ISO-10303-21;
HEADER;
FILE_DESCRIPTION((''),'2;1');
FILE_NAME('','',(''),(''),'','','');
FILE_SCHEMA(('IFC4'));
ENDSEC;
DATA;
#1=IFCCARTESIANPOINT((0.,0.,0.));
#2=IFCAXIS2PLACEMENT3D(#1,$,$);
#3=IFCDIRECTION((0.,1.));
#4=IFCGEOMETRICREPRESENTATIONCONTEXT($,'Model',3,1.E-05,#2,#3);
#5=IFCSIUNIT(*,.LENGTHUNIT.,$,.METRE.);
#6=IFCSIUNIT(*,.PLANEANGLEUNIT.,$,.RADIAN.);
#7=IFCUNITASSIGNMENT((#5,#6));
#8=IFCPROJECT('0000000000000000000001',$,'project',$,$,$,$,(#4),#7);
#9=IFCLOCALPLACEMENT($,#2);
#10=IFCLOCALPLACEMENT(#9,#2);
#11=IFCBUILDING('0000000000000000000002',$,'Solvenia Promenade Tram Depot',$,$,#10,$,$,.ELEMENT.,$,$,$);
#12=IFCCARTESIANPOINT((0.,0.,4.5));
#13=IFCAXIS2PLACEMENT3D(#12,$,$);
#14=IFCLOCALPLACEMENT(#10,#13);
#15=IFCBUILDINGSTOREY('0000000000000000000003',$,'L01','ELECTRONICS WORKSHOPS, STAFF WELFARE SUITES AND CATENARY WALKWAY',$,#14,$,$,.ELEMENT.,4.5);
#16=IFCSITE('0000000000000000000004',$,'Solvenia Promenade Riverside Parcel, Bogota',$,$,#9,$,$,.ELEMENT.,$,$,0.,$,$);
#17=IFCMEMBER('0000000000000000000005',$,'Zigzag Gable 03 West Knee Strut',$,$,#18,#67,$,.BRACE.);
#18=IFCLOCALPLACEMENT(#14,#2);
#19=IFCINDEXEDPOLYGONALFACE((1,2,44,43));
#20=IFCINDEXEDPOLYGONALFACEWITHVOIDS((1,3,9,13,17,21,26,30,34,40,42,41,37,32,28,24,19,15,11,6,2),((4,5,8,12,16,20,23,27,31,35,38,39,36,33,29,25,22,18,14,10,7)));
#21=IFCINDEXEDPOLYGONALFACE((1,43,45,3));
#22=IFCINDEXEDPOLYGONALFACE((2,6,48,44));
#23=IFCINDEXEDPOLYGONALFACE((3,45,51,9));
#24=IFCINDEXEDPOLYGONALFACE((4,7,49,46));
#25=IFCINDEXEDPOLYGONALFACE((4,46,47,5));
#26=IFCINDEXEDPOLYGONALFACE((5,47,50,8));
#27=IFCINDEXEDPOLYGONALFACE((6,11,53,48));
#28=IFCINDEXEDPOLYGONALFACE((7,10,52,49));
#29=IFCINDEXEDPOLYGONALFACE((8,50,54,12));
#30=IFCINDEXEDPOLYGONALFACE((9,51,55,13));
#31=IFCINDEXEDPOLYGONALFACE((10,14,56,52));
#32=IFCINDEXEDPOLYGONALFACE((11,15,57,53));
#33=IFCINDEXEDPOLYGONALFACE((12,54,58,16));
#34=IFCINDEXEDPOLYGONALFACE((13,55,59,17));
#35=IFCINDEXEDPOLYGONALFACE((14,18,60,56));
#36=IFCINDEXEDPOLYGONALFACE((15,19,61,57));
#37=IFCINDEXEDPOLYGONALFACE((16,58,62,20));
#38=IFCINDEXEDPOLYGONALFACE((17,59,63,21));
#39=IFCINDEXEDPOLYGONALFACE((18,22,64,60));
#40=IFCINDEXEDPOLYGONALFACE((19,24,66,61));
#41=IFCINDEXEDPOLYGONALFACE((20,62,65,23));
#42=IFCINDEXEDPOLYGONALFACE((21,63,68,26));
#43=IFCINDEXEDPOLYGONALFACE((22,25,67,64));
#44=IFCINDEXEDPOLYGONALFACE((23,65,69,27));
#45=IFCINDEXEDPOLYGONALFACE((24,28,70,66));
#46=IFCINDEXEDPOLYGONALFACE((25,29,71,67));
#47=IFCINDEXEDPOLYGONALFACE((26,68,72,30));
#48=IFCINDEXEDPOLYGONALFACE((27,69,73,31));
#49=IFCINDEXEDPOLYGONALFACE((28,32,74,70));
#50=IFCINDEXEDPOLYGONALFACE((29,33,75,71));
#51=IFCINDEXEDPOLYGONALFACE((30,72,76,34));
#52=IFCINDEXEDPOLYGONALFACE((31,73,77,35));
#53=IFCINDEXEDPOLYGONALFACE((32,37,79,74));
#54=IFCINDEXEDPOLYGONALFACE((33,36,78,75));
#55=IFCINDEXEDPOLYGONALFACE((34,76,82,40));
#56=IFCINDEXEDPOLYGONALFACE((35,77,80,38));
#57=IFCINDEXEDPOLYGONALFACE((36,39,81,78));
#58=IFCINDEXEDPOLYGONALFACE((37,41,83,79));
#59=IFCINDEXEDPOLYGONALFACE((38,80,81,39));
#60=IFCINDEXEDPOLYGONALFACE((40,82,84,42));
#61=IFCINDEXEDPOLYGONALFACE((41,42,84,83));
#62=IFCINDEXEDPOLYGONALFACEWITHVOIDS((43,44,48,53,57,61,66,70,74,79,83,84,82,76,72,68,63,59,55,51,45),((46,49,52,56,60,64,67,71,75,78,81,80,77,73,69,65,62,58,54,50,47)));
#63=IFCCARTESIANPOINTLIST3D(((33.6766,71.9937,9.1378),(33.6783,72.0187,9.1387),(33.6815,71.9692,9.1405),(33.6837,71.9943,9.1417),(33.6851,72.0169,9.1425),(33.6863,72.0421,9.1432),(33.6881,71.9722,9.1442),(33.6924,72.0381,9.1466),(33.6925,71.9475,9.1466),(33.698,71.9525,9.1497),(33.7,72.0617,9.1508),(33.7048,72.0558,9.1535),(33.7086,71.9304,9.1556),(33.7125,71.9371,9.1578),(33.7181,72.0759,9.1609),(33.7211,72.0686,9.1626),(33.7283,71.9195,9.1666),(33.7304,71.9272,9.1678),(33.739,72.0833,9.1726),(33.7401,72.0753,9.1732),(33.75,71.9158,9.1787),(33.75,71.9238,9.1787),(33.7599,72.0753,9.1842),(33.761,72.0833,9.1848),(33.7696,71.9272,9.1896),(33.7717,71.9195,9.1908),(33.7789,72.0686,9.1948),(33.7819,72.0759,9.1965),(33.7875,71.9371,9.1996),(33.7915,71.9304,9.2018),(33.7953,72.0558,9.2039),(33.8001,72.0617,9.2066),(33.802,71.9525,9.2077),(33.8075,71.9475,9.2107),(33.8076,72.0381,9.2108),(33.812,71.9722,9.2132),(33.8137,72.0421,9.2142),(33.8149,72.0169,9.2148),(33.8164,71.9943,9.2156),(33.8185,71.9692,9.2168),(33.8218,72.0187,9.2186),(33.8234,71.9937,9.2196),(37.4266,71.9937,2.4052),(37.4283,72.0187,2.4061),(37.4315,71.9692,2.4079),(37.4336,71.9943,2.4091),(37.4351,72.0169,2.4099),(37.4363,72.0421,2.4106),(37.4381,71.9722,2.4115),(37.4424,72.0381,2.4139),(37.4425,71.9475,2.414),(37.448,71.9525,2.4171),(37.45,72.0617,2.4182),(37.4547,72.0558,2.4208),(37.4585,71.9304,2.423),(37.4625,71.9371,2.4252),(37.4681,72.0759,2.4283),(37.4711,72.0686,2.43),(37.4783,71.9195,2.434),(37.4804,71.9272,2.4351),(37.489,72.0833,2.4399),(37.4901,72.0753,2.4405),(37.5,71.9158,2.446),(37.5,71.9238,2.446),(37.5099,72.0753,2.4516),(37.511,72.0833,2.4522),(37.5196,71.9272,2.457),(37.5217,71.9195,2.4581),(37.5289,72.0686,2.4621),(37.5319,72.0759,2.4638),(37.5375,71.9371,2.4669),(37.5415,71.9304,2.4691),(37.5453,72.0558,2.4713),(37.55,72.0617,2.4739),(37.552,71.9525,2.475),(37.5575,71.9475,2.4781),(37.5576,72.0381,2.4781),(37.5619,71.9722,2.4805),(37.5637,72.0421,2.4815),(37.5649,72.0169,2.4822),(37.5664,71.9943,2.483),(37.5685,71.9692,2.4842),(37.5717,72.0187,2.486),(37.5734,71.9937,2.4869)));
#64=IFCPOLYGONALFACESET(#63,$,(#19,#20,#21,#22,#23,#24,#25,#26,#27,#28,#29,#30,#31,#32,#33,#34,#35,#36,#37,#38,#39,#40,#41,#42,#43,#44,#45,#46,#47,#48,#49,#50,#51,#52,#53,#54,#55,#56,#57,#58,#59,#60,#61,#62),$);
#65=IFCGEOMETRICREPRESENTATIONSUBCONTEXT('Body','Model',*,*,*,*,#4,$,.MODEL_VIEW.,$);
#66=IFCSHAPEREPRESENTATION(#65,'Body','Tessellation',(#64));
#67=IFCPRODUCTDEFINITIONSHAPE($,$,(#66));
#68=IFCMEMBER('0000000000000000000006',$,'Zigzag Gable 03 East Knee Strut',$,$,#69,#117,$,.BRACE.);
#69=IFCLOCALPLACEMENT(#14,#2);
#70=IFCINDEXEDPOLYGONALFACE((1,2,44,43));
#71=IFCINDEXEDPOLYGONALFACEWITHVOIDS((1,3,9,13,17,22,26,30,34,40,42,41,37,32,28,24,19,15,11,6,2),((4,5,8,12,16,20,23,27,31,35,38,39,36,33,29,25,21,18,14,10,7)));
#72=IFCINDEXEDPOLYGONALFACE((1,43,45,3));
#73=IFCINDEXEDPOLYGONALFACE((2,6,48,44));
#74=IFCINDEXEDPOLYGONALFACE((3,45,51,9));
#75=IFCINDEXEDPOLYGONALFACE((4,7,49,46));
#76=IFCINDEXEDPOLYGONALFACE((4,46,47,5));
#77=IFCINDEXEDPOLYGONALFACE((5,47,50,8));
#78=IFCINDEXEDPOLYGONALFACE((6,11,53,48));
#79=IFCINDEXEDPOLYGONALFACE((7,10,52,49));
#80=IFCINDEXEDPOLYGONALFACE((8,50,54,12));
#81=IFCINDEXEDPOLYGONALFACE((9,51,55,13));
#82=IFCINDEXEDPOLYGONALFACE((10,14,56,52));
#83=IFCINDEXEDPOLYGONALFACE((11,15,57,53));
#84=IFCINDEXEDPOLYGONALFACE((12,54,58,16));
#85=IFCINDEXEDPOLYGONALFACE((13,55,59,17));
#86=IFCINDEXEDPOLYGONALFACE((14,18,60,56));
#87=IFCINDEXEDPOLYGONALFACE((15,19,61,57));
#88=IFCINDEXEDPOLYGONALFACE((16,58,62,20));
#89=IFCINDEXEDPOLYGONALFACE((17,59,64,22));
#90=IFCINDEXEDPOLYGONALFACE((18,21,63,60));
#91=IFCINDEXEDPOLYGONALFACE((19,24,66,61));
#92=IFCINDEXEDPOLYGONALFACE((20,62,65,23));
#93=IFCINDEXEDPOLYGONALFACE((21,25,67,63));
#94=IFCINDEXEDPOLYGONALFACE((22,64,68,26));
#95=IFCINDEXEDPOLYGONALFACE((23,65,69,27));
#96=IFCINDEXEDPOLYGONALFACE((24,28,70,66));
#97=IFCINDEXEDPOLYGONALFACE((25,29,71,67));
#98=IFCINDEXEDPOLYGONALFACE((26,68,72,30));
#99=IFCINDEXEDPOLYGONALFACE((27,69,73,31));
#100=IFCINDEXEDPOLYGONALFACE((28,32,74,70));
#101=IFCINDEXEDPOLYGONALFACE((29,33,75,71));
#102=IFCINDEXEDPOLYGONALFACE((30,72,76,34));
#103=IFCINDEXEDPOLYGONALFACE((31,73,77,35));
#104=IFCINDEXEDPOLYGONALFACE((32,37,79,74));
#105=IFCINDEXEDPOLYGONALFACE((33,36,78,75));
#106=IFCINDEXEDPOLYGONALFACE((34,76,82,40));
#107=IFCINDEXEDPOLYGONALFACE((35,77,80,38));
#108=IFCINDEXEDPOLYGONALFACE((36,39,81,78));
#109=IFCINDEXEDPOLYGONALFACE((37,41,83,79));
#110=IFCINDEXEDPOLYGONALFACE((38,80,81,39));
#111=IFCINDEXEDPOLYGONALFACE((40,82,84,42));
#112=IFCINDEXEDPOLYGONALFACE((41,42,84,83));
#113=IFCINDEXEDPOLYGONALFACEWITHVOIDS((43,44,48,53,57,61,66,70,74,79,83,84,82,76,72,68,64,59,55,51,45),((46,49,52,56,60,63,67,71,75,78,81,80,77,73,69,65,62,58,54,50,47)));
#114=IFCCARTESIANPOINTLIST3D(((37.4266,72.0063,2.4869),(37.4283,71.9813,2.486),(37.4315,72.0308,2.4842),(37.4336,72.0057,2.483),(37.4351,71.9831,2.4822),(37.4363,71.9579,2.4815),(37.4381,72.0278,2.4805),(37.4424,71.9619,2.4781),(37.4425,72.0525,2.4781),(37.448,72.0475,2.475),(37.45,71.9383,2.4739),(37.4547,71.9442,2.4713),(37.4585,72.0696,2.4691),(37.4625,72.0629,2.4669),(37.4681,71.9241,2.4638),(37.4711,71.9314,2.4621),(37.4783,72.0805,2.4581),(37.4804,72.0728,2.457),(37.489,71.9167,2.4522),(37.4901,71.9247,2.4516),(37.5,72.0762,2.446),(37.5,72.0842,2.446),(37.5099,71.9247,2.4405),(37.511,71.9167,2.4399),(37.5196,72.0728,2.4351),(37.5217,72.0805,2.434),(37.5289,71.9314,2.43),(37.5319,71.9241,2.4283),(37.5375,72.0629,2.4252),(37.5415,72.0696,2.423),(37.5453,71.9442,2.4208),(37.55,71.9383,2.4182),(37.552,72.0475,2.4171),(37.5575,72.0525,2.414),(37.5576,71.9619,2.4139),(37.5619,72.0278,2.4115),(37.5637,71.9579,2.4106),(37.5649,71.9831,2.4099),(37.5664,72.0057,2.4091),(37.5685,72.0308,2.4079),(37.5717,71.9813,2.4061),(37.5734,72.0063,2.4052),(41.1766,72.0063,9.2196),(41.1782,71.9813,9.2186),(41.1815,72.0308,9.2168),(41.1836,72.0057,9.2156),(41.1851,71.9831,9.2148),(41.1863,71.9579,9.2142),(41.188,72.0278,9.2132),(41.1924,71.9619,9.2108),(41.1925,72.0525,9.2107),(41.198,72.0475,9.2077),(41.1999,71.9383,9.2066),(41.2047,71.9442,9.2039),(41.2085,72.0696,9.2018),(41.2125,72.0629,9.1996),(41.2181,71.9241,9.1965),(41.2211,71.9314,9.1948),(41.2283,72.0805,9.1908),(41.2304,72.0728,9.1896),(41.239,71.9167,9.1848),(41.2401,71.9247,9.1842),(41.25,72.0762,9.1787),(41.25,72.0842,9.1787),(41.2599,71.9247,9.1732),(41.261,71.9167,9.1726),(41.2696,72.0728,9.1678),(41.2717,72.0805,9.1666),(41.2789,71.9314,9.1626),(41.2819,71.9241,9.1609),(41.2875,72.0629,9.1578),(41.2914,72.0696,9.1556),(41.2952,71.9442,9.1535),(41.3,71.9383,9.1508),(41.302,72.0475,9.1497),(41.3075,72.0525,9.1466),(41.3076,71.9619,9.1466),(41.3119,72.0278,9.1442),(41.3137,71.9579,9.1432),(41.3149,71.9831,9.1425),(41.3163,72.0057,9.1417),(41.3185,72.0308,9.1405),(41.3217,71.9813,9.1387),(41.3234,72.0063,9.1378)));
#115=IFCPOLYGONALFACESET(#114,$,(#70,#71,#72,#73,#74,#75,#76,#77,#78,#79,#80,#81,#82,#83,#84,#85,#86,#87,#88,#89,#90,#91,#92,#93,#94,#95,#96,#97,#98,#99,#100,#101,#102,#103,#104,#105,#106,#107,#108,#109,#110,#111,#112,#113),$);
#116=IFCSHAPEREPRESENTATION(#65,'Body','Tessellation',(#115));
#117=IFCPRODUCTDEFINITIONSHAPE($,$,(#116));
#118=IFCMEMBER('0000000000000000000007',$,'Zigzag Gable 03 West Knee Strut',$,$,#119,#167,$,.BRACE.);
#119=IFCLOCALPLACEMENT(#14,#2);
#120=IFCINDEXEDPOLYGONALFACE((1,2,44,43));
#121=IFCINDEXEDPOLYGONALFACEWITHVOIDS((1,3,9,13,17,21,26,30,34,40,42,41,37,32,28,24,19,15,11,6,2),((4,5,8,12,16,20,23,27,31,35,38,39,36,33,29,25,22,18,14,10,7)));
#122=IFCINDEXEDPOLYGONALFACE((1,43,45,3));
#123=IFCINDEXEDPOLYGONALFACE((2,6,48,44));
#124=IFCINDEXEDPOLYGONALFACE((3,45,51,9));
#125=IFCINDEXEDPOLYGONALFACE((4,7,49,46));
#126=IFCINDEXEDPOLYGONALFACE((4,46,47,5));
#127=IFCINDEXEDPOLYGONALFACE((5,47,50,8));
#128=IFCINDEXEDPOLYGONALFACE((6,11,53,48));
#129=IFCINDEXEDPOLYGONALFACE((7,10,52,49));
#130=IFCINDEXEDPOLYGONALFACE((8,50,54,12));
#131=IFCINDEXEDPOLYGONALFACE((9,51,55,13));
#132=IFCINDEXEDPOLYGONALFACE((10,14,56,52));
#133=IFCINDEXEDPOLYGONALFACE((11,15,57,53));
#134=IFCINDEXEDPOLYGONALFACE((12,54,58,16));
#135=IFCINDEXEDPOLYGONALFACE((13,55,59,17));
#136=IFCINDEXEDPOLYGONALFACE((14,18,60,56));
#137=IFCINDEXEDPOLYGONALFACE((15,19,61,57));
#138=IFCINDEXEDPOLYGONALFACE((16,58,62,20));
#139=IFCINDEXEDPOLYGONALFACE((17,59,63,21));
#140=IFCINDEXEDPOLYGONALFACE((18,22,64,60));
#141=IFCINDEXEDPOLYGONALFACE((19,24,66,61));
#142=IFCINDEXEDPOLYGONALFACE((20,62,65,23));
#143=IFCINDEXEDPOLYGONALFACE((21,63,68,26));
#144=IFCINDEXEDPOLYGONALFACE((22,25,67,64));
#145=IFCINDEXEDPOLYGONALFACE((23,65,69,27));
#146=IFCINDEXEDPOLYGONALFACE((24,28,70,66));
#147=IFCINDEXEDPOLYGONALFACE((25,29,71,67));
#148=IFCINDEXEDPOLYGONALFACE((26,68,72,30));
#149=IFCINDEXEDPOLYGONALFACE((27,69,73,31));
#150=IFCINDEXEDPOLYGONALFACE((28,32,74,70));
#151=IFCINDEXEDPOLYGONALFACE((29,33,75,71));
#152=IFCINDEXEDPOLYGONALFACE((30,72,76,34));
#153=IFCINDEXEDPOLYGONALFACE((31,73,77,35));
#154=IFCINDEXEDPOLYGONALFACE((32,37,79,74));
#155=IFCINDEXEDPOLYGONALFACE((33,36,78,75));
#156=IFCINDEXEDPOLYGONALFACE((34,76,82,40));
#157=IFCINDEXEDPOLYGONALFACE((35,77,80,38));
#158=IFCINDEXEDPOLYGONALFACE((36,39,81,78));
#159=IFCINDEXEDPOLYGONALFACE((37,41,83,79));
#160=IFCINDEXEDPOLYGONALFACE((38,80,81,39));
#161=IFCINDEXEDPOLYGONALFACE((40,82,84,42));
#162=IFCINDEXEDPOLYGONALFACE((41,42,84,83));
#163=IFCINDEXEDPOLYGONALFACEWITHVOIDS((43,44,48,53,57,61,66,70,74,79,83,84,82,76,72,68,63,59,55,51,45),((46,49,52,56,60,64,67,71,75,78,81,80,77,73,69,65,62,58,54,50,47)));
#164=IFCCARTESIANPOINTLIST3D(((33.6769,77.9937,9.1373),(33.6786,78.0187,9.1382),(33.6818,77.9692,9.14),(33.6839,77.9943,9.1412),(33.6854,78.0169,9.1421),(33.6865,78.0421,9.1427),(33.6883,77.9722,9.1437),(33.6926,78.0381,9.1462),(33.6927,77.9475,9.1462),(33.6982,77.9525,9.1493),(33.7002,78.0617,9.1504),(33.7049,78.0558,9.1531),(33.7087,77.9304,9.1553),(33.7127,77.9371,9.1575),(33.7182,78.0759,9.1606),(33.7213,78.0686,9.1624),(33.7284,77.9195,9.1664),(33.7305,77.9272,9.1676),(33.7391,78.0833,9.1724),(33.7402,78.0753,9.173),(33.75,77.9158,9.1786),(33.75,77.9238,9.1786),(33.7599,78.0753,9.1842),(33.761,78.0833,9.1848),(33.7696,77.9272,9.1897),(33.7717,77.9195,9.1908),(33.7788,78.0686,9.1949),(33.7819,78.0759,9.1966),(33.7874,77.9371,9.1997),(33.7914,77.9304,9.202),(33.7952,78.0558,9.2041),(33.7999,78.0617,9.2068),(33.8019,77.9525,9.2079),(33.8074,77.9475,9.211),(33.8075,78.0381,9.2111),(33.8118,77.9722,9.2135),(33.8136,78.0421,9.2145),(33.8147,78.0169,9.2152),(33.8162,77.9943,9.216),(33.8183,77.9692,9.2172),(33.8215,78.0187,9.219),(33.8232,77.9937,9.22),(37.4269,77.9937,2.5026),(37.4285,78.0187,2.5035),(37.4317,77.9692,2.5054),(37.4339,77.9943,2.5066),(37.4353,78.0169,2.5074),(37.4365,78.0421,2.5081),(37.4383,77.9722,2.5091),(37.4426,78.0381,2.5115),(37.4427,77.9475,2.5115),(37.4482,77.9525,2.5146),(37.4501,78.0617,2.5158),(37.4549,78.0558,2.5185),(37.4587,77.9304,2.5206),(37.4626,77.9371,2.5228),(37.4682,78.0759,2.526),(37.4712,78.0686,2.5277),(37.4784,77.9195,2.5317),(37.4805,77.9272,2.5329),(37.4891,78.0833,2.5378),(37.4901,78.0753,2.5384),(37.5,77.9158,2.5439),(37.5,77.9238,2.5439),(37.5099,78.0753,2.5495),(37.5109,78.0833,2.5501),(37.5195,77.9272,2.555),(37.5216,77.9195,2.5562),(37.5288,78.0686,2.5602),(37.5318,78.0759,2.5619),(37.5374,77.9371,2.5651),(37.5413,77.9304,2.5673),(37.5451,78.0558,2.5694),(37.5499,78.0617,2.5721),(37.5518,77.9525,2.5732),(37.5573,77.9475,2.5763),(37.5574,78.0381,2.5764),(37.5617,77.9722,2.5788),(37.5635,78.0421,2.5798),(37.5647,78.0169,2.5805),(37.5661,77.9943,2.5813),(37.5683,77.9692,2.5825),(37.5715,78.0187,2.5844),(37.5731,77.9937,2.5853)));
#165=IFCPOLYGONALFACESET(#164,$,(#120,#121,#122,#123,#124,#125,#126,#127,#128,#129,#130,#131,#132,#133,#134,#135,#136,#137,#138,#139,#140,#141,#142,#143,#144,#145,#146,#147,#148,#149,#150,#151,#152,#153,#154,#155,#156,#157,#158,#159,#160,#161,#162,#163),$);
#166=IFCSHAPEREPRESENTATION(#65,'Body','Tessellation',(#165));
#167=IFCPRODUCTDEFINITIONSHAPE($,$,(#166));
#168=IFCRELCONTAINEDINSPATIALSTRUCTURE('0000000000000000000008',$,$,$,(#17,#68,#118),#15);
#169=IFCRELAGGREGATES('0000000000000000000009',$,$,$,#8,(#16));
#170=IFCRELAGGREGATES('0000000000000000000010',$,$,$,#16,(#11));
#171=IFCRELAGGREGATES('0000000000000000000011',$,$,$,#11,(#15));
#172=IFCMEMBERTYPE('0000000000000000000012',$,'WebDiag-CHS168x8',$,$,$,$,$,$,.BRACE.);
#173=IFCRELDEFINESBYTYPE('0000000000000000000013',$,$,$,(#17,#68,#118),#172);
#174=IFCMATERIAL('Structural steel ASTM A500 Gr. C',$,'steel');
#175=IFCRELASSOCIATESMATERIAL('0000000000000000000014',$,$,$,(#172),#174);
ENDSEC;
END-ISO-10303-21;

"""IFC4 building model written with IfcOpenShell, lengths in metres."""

from ifc_helpers import new_model, si_unit, direction, frame, origin, origin_2d, place, context, subcontext, project, spatial, hollow_circle, extrude, material, material_profile, profile_set, type_object, element, save


model = new_model("IFC4")

# Units and contexts
model_context = context("Model", 3, precision=1e-05, world=origin(), true_north=direction((0.0, 1.0)))
body_context = subcontext(model_context, "Body", "Model", "MODEL_VIEW")
ifc_project = project(units=[si_unit("LENGTHUNIT", "METRE"), si_unit("PLANEANGLEUNIT", "RADIAN")], contexts=[model_context])

# Site, building, storey
site_placement = place(None, origin())
site = spatial("IfcSite", under=ifc_project, at=site_placement, Name="Solvenia Promenade Riverside Parcel, Bogota", CompositionType="ELEMENT", RefElevation=0.0)
building_placement = place(site_placement, origin())
building = spatial("IfcBuilding", under=site, at=building_placement, Name="Solvenia Promenade Tram Depot", CompositionType="ELEMENT")
storey_placement = place(building_placement, frame((0.0, 0.0, 4.5)))
storey = spatial("IfcBuildingStorey", under=building, at=storey_placement, Name="L01", Description="ELECTRONICS WORKSHOPS, STAFF WELFARE SUITES AND CATENARY WALKWAY", CompositionType="ELEMENT", Elevation=4.5)

# Shared definitions
ifc_material_1 = material(Name="Structural steel ASTM A500 Gr. C", Category="steel")

# Members
ifc_material_profile_1 = material_profile(ifc_material_1, hollow_circle(Radius=0.0842, WallThickness=0.0081, at=origin_2d()), Name="CHS168.3x8", Category="steel")
ifc_profile_set_1 = profile_set([ifc_material_profile_1], Name="Structural steel ASTM A500 Gr. C")
member_type_1 = type_object("IfcMemberType", Name="WebDiag-CHS168x8", PredefinedType="BRACE", material=ifc_profile_set_1)
for number, where, z_axis, x_axis, name in (
    (1, (37.5, 72.0, 2.446), (-0.486598, 0.0, 0.873626), (0.0, -1.0, 0.0), "Zigzag Gable 03 West Knee Strut"),
    (2, (37.5, 72.0, 2.446), (0.486598, 0.0, 0.873626), (0.0, 1.0, 0.0), "Zigzag Gable 03 East Knee Strut"),
):
    element("IfcMember", number, at=place(storey_placement, frame(where, z_axis=z_axis, x_axis=x_axis)), inside=storey, type_object=member_type_1, Name=name, PredefinedType="BRACE", context=body_context, shape_type="SweptSolid", body=[
        extrude(hollow_circle(Radius=0.0842, WallThickness=0.0081, at=origin_2d()), origin(), (0.0, 0.0, 1.0), 7.7065),
    ])
for number, where, z_axis, x_axis, name in (
    (3, (37.5, 78.0, 2.5439), (-0.492049, 0.0, 0.870568), (0.0, -1.0, 0.0), "Zigzag Gable 03 West Knee Strut"),
):
    element("IfcMember", number, at=place(storey_placement, frame(where, z_axis=z_axis, x_axis=x_axis)), inside=storey, type_object=member_type_1, Name=name, PredefinedType="BRACE", context=body_context, shape_type="SweptSolid", body=[
        extrude(hollow_circle(Radius=0.0842, WallThickness=0.0081, at=origin_2d()), origin(), (0.0, 0.0, 1.0), 7.6211),
    ])

save(model, "model.ifc")
